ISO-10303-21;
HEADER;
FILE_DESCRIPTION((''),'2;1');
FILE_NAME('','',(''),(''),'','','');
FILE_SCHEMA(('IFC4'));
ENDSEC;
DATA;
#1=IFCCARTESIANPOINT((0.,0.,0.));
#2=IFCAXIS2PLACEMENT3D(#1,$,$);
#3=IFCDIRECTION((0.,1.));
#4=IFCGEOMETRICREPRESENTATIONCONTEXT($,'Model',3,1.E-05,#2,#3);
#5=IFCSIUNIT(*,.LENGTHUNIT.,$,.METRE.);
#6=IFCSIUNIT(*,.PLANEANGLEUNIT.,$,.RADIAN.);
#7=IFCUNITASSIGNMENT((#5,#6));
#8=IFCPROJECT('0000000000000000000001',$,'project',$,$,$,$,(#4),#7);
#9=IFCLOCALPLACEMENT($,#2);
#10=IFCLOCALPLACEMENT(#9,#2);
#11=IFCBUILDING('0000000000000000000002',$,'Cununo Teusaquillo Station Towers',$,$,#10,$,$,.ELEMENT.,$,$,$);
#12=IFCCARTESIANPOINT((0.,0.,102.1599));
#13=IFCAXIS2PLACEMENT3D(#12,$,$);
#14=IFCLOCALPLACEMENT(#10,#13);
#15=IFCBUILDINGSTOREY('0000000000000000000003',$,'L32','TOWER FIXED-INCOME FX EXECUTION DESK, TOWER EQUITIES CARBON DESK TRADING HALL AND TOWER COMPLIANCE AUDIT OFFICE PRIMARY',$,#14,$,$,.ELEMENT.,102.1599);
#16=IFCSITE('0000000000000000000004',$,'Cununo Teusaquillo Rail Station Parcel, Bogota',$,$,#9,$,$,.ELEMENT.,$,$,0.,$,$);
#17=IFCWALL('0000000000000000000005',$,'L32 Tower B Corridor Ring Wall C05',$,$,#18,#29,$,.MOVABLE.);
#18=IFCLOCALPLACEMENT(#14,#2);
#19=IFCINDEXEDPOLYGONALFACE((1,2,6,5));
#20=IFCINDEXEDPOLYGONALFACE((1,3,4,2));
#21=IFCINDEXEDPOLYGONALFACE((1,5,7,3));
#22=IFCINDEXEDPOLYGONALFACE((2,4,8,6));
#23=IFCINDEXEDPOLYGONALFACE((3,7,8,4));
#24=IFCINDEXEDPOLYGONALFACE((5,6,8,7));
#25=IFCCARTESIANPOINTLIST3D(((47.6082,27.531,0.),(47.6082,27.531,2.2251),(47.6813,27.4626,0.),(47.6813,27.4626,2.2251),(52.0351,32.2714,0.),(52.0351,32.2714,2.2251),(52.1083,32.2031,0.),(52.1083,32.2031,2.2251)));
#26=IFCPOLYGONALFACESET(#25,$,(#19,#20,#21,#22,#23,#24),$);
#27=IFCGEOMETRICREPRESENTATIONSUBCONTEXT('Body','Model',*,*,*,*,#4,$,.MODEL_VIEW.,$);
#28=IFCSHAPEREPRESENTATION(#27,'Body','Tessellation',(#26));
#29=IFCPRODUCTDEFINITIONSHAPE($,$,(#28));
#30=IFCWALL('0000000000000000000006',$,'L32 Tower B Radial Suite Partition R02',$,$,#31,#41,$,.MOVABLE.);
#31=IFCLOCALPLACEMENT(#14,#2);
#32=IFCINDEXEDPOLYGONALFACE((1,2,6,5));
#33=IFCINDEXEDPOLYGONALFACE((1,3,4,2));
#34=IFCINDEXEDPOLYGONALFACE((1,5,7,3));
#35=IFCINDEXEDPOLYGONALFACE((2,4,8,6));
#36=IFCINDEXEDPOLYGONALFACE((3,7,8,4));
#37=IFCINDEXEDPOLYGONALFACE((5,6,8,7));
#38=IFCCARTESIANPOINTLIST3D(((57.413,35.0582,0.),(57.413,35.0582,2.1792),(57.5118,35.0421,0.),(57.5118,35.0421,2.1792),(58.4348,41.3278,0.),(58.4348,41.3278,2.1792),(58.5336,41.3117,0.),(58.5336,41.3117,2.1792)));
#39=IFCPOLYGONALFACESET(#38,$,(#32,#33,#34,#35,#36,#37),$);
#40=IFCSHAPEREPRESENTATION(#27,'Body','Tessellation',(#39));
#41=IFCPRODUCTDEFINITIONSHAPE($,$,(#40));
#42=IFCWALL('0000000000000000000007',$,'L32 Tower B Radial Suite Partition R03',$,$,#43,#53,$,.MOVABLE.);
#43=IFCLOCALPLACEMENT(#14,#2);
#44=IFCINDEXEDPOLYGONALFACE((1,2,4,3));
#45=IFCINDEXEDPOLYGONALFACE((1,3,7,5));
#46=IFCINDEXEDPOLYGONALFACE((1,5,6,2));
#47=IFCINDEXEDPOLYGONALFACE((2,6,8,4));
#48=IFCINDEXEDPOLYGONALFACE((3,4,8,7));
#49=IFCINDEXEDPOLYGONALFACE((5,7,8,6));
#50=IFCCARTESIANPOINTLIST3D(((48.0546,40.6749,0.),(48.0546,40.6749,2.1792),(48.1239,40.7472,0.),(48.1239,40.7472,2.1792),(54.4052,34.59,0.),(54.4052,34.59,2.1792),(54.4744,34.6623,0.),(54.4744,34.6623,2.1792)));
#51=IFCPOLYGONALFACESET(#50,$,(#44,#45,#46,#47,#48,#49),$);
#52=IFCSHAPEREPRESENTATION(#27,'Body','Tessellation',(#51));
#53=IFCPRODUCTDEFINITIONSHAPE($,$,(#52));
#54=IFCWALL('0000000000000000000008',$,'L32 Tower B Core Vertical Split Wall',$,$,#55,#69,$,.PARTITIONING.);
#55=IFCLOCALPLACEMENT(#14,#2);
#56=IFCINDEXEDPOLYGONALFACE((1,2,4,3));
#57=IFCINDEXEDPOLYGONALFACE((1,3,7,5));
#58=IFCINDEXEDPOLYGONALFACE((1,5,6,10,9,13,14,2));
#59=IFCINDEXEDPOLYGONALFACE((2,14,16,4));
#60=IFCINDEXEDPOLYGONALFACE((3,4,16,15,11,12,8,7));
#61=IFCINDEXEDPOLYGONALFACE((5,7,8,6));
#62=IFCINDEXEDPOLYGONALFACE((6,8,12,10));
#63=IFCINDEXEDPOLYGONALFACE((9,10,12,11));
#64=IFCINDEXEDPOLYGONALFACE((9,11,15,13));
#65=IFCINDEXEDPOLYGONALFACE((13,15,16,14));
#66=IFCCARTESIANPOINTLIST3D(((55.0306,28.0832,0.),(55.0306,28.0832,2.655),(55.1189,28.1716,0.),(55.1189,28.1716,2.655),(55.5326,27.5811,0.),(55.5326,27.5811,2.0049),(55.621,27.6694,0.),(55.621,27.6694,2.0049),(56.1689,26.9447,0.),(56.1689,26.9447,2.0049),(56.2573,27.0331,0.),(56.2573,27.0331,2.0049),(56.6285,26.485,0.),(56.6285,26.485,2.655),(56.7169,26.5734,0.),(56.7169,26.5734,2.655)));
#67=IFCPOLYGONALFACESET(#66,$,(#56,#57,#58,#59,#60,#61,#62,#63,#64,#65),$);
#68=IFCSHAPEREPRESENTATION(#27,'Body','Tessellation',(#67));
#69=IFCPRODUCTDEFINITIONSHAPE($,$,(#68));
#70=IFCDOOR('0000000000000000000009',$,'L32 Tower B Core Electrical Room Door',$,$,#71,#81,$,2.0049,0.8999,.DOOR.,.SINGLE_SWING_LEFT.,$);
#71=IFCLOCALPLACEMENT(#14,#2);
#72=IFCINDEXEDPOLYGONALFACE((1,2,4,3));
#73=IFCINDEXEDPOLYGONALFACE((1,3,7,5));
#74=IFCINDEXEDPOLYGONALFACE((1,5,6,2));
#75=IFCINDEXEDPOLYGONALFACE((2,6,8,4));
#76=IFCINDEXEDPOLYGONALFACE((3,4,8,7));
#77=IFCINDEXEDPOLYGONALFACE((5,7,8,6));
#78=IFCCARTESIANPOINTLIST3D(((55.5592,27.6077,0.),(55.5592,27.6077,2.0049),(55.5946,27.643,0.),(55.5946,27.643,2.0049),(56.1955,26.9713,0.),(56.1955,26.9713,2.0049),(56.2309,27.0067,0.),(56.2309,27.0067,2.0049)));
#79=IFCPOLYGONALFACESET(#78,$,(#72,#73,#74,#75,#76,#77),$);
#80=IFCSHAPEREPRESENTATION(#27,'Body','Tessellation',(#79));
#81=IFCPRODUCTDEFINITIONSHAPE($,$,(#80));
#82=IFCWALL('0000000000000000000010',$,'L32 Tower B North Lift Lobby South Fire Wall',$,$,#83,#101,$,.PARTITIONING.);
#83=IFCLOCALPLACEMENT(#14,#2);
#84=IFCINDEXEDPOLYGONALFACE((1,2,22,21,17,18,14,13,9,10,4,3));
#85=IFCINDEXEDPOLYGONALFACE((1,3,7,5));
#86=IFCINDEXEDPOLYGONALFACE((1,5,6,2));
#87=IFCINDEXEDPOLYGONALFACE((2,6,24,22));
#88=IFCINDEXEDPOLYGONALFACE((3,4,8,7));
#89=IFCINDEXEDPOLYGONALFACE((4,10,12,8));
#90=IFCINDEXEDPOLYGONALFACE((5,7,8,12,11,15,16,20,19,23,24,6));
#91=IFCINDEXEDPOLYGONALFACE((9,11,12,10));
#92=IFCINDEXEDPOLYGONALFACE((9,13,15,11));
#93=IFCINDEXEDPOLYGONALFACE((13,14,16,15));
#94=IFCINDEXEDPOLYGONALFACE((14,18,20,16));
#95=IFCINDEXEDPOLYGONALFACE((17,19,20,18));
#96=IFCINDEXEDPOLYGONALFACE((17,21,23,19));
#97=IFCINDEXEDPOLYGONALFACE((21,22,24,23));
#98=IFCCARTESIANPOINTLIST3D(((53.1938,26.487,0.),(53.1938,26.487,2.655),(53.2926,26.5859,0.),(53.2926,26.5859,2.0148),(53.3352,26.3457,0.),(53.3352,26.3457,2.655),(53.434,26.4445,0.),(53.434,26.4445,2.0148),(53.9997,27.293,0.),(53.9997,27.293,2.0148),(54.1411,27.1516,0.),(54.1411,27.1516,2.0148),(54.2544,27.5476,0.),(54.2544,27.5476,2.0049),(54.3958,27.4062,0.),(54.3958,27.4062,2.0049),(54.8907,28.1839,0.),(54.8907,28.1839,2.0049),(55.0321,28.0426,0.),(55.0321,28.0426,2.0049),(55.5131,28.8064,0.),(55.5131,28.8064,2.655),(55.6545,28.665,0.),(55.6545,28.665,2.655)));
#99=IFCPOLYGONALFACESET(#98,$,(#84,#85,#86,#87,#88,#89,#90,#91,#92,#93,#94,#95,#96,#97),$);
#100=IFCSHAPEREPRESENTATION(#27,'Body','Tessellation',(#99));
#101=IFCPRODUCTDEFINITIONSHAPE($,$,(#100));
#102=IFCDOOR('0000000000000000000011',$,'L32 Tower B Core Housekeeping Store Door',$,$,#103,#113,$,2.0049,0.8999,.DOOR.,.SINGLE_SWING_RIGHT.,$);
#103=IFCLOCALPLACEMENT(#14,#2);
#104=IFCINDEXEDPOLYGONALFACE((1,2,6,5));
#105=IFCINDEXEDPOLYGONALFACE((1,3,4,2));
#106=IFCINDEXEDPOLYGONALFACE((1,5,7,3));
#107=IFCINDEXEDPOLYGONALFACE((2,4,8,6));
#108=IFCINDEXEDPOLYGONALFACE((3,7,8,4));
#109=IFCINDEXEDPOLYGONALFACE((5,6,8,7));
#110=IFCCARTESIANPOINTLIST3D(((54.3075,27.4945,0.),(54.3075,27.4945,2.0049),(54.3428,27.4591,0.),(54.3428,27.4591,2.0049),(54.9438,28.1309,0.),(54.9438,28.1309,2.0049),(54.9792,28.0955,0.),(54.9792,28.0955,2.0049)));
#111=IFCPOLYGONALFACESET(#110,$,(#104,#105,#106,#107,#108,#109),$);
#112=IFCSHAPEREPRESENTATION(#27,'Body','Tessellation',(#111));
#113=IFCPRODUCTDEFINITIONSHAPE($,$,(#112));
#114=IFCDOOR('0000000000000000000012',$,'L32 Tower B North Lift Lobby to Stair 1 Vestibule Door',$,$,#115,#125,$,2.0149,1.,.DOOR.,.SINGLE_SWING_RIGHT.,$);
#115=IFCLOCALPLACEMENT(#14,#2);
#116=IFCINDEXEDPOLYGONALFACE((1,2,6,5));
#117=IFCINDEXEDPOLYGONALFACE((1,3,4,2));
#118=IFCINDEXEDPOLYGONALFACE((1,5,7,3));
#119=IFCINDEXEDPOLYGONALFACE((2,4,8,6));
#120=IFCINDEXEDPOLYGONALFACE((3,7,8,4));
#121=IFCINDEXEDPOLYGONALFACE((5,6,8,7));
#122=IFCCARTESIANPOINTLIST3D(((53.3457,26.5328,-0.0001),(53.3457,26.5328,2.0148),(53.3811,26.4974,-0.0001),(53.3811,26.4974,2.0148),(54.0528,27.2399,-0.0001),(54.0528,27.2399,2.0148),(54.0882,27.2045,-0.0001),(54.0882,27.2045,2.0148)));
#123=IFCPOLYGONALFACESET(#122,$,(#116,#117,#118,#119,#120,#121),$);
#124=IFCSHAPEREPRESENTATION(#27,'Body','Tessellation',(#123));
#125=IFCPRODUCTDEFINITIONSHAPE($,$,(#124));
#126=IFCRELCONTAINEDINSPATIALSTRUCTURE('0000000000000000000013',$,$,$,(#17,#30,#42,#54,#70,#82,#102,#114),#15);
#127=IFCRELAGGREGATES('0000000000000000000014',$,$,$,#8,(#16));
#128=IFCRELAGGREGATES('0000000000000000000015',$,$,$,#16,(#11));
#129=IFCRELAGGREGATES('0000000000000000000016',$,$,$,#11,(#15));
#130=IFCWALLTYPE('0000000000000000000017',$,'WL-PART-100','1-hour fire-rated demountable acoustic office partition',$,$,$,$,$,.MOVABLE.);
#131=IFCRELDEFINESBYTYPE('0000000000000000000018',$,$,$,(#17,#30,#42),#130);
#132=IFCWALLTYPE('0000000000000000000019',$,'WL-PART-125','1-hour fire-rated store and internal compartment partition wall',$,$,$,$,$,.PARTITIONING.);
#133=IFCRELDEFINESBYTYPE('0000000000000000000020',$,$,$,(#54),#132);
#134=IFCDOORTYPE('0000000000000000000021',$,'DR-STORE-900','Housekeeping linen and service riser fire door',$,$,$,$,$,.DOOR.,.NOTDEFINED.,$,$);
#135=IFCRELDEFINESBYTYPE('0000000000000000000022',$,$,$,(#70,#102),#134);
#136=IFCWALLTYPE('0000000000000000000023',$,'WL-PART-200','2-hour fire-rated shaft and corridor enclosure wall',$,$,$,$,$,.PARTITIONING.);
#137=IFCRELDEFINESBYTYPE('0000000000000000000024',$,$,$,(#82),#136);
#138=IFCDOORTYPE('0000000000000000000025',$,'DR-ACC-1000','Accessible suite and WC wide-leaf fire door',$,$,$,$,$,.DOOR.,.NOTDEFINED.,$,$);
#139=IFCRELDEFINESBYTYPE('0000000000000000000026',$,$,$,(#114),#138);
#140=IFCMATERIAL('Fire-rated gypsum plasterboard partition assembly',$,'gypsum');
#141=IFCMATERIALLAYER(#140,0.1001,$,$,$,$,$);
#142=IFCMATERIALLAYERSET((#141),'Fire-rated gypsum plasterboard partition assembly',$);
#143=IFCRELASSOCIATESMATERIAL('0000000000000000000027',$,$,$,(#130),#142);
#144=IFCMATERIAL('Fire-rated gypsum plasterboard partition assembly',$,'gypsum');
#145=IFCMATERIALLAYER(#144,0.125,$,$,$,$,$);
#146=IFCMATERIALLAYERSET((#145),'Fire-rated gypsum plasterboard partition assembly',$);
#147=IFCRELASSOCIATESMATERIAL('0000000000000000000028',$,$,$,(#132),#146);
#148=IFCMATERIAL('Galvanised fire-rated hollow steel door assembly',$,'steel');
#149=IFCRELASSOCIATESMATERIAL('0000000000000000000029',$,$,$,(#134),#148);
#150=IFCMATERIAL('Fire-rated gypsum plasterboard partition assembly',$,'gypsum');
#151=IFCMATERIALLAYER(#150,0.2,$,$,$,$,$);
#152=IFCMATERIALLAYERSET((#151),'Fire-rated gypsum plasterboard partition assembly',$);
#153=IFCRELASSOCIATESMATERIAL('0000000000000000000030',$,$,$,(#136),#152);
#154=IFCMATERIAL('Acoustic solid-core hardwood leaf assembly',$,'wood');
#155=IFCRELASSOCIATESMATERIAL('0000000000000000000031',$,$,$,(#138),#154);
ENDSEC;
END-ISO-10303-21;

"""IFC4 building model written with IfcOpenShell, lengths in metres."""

from ifc_helpers import new_model, si_unit, direction, frame, frame_2d, origin, place, context, subcontext, project, spatial, rectangle, extrude, source, transform, mapped, material, layer, layer_set, type_object, element, fill, save


model = new_model("IFC4")

# Units and contexts
model_context = context("Model", 3, precision=1e-05, world=origin(), true_north=direction((0.0, 1.0)))
body_context = subcontext(model_context, "Body", "Model", "MODEL_VIEW")
ifc_project = project(units=[si_unit("LENGTHUNIT", "METRE"), si_unit("PLANEANGLEUNIT", "RADIAN")], contexts=[model_context])

# Site, building, storey
site_placement = place(None, origin())
site = spatial("IfcSite", under=ifc_project, at=site_placement, Name="Cununo Teusaquillo Rail Station Parcel, Bogota", CompositionType="ELEMENT", RefElevation=0.0)
building_placement = place(site_placement, origin())
building = spatial("IfcBuilding", under=site, at=building_placement, Name="Cununo Teusaquillo Station Towers", CompositionType="ELEMENT")
storey_placement = place(building_placement, frame((0.0, 0.0, 102.1599)))
storey = spatial("IfcBuildingStorey", under=building, at=storey_placement, Name="L32", Description="TOWER FIXED-INCOME FX EXECUTION DESK, TOWER EQUITIES CARBON DESK TRADING HALL AND TOWER COMPLIANCE AUDIT OFFICE PRIMARY", CompositionType="ELEMENT", Elevation=102.1599)

# Shared definitions
ifc_material_1 = material(Name="Fire-rated gypsum plasterboard partition assembly", Category="gypsum")
ifc_layer_1 = layer(ifc_material_1, 0.1001)
ifc_layer_set_1 = layer_set([ifc_layer_1], Name="Fire-rated gypsum plasterboard partition assembly")
wall_type_1 = type_object("IfcWallType", Name="WL-PART-100", Description="1-hour fire-rated demountable acoustic office partition", PredefinedType="MOVABLE", material=ifc_layer_set_1)

# Walls
wall_1_placement = place(storey_placement, frame((52.0718, 32.2373, 0.0), z_axis=(0.0, 0.0, 1.0), x_axis=(-0.682529, -0.730859, 0.0)))
element("IfcWall", 1, at=wall_1_placement, inside=storey, type_object=wall_type_1, Name="L32 Tower B Corridor Ring Wall C05", PredefinedType="MOVABLE", context=body_context, shape_type="SweptSolid", body=[
    extrude(rectangle(XDim=6.4861, YDim=0.1001, at=frame_2d((3.2432, 0.0))), origin(), (0.0, 0.0, 1.0), 2.2251),
])
wall_2_placement = place(storey_placement, frame((57.4624, 35.05, 0.0), z_axis=(0.0, 0.0, 1.0), x_axis=(0.160845, 0.98698, 0.0)))
element("IfcWall", 2, at=wall_2_placement, inside=storey, type_object=wall_type_1, Name="L32 Tower B Radial Suite Partition R02", PredefinedType="MOVABLE", context=body_context, shape_type="SweptSolid", body=[
    extrude(rectangle(XDim=6.3523, YDim=0.1001, at=frame_2d((3.1763, 0.0))), origin(), (0.0, 0.0, 1.0), 2.1792),
])
wall_3_placement = place(storey_placement, frame((54.4397, 34.6262, 0.0), z_axis=(0.0, 0.0, 1.0), x_axis=(-0.722046, 0.691845, 0.0)))
element("IfcWall", 3, at=wall_3_placement, inside=storey, type_object=wall_type_1, Name="L32 Tower B Radial Suite Partition R03", PredefinedType="MOVABLE", context=body_context, shape_type="SweptSolid", body=[
    extrude(rectangle(XDim=8.7952, YDim=0.1001, at=frame_2d((4.3975, 0.0))), origin(), (0.0, 0.0, 1.0), 2.1792),
])

# Wall, opening, door
ifc_material_2 = material(Name="Fire-rated gypsum plasterboard partition assembly", Category="gypsum")
ifc_layer_2 = layer(ifc_material_2, 0.125)
ifc_layer_set_2 = layer_set([ifc_layer_2], Name="Fire-rated gypsum plasterboard partition assembly")
wall_type_2 = type_object("IfcWallType", Name="WL-PART-125", Description="1-hour fire-rated store and internal compartment partition wall", PredefinedType="PARTITIONING", material=ifc_layer_set_2)
wall_4_placement = place(storey_placement, frame((56.6726, 26.5293, 0.0), z_axis=(0.0, 0.0, 1.0), x_axis=(-0.707053, 0.707161, 0.0)))
wall_4 = element("IfcWall", 4, at=wall_4_placement, inside=storey, type_object=wall_type_2, Name="L32 Tower B Core Vertical Split Wall", PredefinedType="PARTITIONING", context=body_context, shape_type="SweptSolid", body=[
    extrude(rectangle(XDim=2.26, YDim=0.125, at=frame_2d((1.1299, 0.0))), origin(), (0.0, 0.0, 1.0), 2.655),
])
shared_shape_1 = source(origin(), body_context, "Body", "SweptSolid", [
    extrude(rectangle(XDim=0.8999, YDim=2.0049, at=frame_2d((0.45, 1.0024))), frame((0.0, 0.0725, 0.0), z_axis=(0.0, -1.0, 0.0), x_axis=(1.0, 0.0, 0.0)), (0.0, 0.0, 1.0), 0.145),
])
opening_1_placement = place(wall_4_placement, frame((0.6499, 0.0, 0.0)))
opening_1 = element("IfcOpeningElement", 5, at=opening_1_placement, cuts=wall_4, PredefinedType="OPENING", context=body_context, shape_type="MappedRepresentation", body=[
    mapped(shared_shape_1, transform((0.0, 0.0, 0.0), x_axis=(1.0, 0.0, 0.0), y_axis=(0.0, 1.0, 0.0), z_axis=(0.0, 0.0, 1.0), scale=1.0)),
])
ifc_material_3 = material(Name="Galvanised fire-rated hollow steel door assembly", Category="steel")
door_type_1 = type_object("IfcDoorType", Name="DR-STORE-900", Description="Housekeeping linen and service riser fire door", OperationType="NOTDEFINED", PredefinedType="DOOR", material=ifc_material_3)
shared_shape_2 = source(origin(), body_context, "Body", "SweptSolid", [
    extrude(rectangle(XDim=0.8999, YDim=2.0049, at=frame_2d((0.45, 1.0024))), frame((0.0, 0.0249, 0.0), z_axis=(0.0, -1.0, 0.0), x_axis=(1.0, 0.0, 0.0)), (0.0, 0.0, 1.0), 0.05),
])
door_1_placement = place(opening_1_placement, origin())
door_1 = element("IfcDoor", 6, at=door_1_placement, inside=storey, type_object=door_type_1, Name="L32 Tower B Core Electrical Room Door", OperationType="SINGLE_SWING_LEFT", OverallHeight=2.0049, OverallWidth=0.8999, PredefinedType="DOOR", context=body_context, shape_type="MappedRepresentation", body=[
    mapped(shared_shape_2, transform((0.0, 0.0, 0.0), x_axis=(1.0, 0.0, 0.0), y_axis=(0.0, 1.0, 0.0), z_axis=(0.0, 0.0, 1.0), scale=1.0)),
])
fill(opening_1, door_1)

# Wall, openings, doors
ifc_material_4 = material(Name="Fire-rated gypsum plasterboard partition assembly", Category="gypsum")
ifc_layer_3 = layer(ifc_material_4, 0.2)
ifc_layer_set_3 = layer_set([ifc_layer_3], Name="Fire-rated gypsum plasterboard partition assembly")
wall_type_3 = type_object("IfcWallType", Name="WL-PART-200", Description="2-hour fire-rated shaft and corridor enclosure wall", PredefinedType="PARTITIONING", material=ifc_layer_set_3)
wall_5_placement = place(storey_placement, frame((53.2644, 26.4163, 0.0), z_axis=(0.0, 0.0, 1.0), x_axis=(0.707107, 0.707107, 0.0)))
wall_5 = element("IfcWall", 7, at=wall_5_placement, inside=storey, type_object=wall_type_3, Name="L32 Tower B North Lift Lobby South Fire Wall", PredefinedType="PARTITIONING", context=body_context, shape_type="SweptSolid", body=[
    extrude(rectangle(XDim=3.28, YDim=0.2, at=frame_2d((1.6401, 0.0))), origin(), (0.0, 0.0, 1.0), 2.655),
])
shared_shape_3 = source(origin(), body_context, "Body", "SweptSolid", [
    extrude(rectangle(XDim=1.0, YDim=2.0149, at=frame_2d((0.5, 1.0073))), frame((0.0, 0.1099, 0.0), z_axis=(0.0, -1.0, 0.0), x_axis=(1.0, 0.0, 0.0)), (0.0, 0.0, 1.0), 0.22),
])
opening_2_placement = place(wall_5_placement, frame((0.1399, 0.0, 0.0)))
opening_2 = element("IfcOpeningElement", 8, at=opening_2_placement, cuts=wall_5, PredefinedType="OPENING", context=body_context, shape_type="MappedRepresentation", body=[
    mapped(shared_shape_3, transform((0.0, 0.0, 0.0), x_axis=(1.0, 0.0, 0.0), y_axis=(0.0, 1.0, 0.0), z_axis=(0.0, 0.0, 1.0), scale=1.0)),
])
shared_shape_4 = source(origin(), body_context, "Body", "SweptSolid", [
    extrude(rectangle(XDim=0.8999, YDim=2.0049, at=frame_2d((0.45, 1.0024))), frame((0.0, 0.1099, 0.0), z_axis=(0.0, -1.0, 0.0), x_axis=(1.0, 0.0, 0.0)), (0.0, 0.0, 1.0), 0.22),
])
opening_3_placement = place(wall_5_placement, frame((1.5, 0.0, 0.0)))
opening_3 = element("IfcOpeningElement", 9, at=opening_3_placement, cuts=wall_5, PredefinedType="OPENING", context=body_context, shape_type="MappedRepresentation", body=[
    mapped(shared_shape_4, transform((0.0, 0.0, 0.0), x_axis=(1.0, 0.0, 0.0), y_axis=(0.0, 1.0, 0.0), z_axis=(0.0, 0.0, 1.0), scale=1.0)),
])
door_2_placement = place(opening_3_placement, origin())
door_2 = element("IfcDoor", 10, at=door_2_placement, inside=storey, type_object=door_type_1, Name="L32 Tower B Core Housekeeping Store Door", OperationType="SINGLE_SWING_RIGHT", OverallHeight=2.0049, OverallWidth=0.8999, PredefinedType="DOOR", context=body_context, shape_type="MappedRepresentation", body=[
    mapped(shared_shape_2, transform((0.0, 0.0, 0.0), x_axis=(1.0, 0.0, 0.0), y_axis=(0.0, 1.0, 0.0), z_axis=(0.0, 0.0, 1.0), scale=1.0)),
])
fill(opening_3, door_2)
ifc_material_5 = material(Name="Acoustic solid-core hardwood leaf assembly", Category="wood")
door_type_2 = type_object("IfcDoorType", Name="DR-ACC-1000", Description="Accessible suite and WC wide-leaf fire door", OperationType="NOTDEFINED", PredefinedType="DOOR", material=ifc_material_5)
shared_shape_5 = source(origin(), body_context, "Body", "SweptSolid", [
    extrude(rectangle(XDim=1.0, YDim=2.0149, at=frame_2d((0.5, 1.0073))), frame((0.0, 0.0249, 0.0), z_axis=(0.0, -1.0, 0.0), x_axis=(1.0, 0.0, 0.0)), (0.0, 0.0, 1.0), 0.05),
])
door_3_placement = place(opening_2_placement, origin())
door_3 = element("IfcDoor", 11, at=door_3_placement, inside=storey, type_object=door_type_2, Name="L32 Tower B North Lift Lobby to Stair 1 Vestibule Door", OperationType="SINGLE_SWING_RIGHT", OverallHeight=2.0149, OverallWidth=1.0, PredefinedType="DOOR", context=body_context, shape_type="MappedRepresentation", body=[
    mapped(shared_shape_5, transform((0.0, 0.0, 0.0), x_axis=(1.0, 0.0, 0.0), y_axis=(0.0, 1.0, 0.0), z_axis=(0.0, 0.0, 1.0), scale=1.0)),
])
fill(opening_2, door_3)

save(model, "model.ifc")
